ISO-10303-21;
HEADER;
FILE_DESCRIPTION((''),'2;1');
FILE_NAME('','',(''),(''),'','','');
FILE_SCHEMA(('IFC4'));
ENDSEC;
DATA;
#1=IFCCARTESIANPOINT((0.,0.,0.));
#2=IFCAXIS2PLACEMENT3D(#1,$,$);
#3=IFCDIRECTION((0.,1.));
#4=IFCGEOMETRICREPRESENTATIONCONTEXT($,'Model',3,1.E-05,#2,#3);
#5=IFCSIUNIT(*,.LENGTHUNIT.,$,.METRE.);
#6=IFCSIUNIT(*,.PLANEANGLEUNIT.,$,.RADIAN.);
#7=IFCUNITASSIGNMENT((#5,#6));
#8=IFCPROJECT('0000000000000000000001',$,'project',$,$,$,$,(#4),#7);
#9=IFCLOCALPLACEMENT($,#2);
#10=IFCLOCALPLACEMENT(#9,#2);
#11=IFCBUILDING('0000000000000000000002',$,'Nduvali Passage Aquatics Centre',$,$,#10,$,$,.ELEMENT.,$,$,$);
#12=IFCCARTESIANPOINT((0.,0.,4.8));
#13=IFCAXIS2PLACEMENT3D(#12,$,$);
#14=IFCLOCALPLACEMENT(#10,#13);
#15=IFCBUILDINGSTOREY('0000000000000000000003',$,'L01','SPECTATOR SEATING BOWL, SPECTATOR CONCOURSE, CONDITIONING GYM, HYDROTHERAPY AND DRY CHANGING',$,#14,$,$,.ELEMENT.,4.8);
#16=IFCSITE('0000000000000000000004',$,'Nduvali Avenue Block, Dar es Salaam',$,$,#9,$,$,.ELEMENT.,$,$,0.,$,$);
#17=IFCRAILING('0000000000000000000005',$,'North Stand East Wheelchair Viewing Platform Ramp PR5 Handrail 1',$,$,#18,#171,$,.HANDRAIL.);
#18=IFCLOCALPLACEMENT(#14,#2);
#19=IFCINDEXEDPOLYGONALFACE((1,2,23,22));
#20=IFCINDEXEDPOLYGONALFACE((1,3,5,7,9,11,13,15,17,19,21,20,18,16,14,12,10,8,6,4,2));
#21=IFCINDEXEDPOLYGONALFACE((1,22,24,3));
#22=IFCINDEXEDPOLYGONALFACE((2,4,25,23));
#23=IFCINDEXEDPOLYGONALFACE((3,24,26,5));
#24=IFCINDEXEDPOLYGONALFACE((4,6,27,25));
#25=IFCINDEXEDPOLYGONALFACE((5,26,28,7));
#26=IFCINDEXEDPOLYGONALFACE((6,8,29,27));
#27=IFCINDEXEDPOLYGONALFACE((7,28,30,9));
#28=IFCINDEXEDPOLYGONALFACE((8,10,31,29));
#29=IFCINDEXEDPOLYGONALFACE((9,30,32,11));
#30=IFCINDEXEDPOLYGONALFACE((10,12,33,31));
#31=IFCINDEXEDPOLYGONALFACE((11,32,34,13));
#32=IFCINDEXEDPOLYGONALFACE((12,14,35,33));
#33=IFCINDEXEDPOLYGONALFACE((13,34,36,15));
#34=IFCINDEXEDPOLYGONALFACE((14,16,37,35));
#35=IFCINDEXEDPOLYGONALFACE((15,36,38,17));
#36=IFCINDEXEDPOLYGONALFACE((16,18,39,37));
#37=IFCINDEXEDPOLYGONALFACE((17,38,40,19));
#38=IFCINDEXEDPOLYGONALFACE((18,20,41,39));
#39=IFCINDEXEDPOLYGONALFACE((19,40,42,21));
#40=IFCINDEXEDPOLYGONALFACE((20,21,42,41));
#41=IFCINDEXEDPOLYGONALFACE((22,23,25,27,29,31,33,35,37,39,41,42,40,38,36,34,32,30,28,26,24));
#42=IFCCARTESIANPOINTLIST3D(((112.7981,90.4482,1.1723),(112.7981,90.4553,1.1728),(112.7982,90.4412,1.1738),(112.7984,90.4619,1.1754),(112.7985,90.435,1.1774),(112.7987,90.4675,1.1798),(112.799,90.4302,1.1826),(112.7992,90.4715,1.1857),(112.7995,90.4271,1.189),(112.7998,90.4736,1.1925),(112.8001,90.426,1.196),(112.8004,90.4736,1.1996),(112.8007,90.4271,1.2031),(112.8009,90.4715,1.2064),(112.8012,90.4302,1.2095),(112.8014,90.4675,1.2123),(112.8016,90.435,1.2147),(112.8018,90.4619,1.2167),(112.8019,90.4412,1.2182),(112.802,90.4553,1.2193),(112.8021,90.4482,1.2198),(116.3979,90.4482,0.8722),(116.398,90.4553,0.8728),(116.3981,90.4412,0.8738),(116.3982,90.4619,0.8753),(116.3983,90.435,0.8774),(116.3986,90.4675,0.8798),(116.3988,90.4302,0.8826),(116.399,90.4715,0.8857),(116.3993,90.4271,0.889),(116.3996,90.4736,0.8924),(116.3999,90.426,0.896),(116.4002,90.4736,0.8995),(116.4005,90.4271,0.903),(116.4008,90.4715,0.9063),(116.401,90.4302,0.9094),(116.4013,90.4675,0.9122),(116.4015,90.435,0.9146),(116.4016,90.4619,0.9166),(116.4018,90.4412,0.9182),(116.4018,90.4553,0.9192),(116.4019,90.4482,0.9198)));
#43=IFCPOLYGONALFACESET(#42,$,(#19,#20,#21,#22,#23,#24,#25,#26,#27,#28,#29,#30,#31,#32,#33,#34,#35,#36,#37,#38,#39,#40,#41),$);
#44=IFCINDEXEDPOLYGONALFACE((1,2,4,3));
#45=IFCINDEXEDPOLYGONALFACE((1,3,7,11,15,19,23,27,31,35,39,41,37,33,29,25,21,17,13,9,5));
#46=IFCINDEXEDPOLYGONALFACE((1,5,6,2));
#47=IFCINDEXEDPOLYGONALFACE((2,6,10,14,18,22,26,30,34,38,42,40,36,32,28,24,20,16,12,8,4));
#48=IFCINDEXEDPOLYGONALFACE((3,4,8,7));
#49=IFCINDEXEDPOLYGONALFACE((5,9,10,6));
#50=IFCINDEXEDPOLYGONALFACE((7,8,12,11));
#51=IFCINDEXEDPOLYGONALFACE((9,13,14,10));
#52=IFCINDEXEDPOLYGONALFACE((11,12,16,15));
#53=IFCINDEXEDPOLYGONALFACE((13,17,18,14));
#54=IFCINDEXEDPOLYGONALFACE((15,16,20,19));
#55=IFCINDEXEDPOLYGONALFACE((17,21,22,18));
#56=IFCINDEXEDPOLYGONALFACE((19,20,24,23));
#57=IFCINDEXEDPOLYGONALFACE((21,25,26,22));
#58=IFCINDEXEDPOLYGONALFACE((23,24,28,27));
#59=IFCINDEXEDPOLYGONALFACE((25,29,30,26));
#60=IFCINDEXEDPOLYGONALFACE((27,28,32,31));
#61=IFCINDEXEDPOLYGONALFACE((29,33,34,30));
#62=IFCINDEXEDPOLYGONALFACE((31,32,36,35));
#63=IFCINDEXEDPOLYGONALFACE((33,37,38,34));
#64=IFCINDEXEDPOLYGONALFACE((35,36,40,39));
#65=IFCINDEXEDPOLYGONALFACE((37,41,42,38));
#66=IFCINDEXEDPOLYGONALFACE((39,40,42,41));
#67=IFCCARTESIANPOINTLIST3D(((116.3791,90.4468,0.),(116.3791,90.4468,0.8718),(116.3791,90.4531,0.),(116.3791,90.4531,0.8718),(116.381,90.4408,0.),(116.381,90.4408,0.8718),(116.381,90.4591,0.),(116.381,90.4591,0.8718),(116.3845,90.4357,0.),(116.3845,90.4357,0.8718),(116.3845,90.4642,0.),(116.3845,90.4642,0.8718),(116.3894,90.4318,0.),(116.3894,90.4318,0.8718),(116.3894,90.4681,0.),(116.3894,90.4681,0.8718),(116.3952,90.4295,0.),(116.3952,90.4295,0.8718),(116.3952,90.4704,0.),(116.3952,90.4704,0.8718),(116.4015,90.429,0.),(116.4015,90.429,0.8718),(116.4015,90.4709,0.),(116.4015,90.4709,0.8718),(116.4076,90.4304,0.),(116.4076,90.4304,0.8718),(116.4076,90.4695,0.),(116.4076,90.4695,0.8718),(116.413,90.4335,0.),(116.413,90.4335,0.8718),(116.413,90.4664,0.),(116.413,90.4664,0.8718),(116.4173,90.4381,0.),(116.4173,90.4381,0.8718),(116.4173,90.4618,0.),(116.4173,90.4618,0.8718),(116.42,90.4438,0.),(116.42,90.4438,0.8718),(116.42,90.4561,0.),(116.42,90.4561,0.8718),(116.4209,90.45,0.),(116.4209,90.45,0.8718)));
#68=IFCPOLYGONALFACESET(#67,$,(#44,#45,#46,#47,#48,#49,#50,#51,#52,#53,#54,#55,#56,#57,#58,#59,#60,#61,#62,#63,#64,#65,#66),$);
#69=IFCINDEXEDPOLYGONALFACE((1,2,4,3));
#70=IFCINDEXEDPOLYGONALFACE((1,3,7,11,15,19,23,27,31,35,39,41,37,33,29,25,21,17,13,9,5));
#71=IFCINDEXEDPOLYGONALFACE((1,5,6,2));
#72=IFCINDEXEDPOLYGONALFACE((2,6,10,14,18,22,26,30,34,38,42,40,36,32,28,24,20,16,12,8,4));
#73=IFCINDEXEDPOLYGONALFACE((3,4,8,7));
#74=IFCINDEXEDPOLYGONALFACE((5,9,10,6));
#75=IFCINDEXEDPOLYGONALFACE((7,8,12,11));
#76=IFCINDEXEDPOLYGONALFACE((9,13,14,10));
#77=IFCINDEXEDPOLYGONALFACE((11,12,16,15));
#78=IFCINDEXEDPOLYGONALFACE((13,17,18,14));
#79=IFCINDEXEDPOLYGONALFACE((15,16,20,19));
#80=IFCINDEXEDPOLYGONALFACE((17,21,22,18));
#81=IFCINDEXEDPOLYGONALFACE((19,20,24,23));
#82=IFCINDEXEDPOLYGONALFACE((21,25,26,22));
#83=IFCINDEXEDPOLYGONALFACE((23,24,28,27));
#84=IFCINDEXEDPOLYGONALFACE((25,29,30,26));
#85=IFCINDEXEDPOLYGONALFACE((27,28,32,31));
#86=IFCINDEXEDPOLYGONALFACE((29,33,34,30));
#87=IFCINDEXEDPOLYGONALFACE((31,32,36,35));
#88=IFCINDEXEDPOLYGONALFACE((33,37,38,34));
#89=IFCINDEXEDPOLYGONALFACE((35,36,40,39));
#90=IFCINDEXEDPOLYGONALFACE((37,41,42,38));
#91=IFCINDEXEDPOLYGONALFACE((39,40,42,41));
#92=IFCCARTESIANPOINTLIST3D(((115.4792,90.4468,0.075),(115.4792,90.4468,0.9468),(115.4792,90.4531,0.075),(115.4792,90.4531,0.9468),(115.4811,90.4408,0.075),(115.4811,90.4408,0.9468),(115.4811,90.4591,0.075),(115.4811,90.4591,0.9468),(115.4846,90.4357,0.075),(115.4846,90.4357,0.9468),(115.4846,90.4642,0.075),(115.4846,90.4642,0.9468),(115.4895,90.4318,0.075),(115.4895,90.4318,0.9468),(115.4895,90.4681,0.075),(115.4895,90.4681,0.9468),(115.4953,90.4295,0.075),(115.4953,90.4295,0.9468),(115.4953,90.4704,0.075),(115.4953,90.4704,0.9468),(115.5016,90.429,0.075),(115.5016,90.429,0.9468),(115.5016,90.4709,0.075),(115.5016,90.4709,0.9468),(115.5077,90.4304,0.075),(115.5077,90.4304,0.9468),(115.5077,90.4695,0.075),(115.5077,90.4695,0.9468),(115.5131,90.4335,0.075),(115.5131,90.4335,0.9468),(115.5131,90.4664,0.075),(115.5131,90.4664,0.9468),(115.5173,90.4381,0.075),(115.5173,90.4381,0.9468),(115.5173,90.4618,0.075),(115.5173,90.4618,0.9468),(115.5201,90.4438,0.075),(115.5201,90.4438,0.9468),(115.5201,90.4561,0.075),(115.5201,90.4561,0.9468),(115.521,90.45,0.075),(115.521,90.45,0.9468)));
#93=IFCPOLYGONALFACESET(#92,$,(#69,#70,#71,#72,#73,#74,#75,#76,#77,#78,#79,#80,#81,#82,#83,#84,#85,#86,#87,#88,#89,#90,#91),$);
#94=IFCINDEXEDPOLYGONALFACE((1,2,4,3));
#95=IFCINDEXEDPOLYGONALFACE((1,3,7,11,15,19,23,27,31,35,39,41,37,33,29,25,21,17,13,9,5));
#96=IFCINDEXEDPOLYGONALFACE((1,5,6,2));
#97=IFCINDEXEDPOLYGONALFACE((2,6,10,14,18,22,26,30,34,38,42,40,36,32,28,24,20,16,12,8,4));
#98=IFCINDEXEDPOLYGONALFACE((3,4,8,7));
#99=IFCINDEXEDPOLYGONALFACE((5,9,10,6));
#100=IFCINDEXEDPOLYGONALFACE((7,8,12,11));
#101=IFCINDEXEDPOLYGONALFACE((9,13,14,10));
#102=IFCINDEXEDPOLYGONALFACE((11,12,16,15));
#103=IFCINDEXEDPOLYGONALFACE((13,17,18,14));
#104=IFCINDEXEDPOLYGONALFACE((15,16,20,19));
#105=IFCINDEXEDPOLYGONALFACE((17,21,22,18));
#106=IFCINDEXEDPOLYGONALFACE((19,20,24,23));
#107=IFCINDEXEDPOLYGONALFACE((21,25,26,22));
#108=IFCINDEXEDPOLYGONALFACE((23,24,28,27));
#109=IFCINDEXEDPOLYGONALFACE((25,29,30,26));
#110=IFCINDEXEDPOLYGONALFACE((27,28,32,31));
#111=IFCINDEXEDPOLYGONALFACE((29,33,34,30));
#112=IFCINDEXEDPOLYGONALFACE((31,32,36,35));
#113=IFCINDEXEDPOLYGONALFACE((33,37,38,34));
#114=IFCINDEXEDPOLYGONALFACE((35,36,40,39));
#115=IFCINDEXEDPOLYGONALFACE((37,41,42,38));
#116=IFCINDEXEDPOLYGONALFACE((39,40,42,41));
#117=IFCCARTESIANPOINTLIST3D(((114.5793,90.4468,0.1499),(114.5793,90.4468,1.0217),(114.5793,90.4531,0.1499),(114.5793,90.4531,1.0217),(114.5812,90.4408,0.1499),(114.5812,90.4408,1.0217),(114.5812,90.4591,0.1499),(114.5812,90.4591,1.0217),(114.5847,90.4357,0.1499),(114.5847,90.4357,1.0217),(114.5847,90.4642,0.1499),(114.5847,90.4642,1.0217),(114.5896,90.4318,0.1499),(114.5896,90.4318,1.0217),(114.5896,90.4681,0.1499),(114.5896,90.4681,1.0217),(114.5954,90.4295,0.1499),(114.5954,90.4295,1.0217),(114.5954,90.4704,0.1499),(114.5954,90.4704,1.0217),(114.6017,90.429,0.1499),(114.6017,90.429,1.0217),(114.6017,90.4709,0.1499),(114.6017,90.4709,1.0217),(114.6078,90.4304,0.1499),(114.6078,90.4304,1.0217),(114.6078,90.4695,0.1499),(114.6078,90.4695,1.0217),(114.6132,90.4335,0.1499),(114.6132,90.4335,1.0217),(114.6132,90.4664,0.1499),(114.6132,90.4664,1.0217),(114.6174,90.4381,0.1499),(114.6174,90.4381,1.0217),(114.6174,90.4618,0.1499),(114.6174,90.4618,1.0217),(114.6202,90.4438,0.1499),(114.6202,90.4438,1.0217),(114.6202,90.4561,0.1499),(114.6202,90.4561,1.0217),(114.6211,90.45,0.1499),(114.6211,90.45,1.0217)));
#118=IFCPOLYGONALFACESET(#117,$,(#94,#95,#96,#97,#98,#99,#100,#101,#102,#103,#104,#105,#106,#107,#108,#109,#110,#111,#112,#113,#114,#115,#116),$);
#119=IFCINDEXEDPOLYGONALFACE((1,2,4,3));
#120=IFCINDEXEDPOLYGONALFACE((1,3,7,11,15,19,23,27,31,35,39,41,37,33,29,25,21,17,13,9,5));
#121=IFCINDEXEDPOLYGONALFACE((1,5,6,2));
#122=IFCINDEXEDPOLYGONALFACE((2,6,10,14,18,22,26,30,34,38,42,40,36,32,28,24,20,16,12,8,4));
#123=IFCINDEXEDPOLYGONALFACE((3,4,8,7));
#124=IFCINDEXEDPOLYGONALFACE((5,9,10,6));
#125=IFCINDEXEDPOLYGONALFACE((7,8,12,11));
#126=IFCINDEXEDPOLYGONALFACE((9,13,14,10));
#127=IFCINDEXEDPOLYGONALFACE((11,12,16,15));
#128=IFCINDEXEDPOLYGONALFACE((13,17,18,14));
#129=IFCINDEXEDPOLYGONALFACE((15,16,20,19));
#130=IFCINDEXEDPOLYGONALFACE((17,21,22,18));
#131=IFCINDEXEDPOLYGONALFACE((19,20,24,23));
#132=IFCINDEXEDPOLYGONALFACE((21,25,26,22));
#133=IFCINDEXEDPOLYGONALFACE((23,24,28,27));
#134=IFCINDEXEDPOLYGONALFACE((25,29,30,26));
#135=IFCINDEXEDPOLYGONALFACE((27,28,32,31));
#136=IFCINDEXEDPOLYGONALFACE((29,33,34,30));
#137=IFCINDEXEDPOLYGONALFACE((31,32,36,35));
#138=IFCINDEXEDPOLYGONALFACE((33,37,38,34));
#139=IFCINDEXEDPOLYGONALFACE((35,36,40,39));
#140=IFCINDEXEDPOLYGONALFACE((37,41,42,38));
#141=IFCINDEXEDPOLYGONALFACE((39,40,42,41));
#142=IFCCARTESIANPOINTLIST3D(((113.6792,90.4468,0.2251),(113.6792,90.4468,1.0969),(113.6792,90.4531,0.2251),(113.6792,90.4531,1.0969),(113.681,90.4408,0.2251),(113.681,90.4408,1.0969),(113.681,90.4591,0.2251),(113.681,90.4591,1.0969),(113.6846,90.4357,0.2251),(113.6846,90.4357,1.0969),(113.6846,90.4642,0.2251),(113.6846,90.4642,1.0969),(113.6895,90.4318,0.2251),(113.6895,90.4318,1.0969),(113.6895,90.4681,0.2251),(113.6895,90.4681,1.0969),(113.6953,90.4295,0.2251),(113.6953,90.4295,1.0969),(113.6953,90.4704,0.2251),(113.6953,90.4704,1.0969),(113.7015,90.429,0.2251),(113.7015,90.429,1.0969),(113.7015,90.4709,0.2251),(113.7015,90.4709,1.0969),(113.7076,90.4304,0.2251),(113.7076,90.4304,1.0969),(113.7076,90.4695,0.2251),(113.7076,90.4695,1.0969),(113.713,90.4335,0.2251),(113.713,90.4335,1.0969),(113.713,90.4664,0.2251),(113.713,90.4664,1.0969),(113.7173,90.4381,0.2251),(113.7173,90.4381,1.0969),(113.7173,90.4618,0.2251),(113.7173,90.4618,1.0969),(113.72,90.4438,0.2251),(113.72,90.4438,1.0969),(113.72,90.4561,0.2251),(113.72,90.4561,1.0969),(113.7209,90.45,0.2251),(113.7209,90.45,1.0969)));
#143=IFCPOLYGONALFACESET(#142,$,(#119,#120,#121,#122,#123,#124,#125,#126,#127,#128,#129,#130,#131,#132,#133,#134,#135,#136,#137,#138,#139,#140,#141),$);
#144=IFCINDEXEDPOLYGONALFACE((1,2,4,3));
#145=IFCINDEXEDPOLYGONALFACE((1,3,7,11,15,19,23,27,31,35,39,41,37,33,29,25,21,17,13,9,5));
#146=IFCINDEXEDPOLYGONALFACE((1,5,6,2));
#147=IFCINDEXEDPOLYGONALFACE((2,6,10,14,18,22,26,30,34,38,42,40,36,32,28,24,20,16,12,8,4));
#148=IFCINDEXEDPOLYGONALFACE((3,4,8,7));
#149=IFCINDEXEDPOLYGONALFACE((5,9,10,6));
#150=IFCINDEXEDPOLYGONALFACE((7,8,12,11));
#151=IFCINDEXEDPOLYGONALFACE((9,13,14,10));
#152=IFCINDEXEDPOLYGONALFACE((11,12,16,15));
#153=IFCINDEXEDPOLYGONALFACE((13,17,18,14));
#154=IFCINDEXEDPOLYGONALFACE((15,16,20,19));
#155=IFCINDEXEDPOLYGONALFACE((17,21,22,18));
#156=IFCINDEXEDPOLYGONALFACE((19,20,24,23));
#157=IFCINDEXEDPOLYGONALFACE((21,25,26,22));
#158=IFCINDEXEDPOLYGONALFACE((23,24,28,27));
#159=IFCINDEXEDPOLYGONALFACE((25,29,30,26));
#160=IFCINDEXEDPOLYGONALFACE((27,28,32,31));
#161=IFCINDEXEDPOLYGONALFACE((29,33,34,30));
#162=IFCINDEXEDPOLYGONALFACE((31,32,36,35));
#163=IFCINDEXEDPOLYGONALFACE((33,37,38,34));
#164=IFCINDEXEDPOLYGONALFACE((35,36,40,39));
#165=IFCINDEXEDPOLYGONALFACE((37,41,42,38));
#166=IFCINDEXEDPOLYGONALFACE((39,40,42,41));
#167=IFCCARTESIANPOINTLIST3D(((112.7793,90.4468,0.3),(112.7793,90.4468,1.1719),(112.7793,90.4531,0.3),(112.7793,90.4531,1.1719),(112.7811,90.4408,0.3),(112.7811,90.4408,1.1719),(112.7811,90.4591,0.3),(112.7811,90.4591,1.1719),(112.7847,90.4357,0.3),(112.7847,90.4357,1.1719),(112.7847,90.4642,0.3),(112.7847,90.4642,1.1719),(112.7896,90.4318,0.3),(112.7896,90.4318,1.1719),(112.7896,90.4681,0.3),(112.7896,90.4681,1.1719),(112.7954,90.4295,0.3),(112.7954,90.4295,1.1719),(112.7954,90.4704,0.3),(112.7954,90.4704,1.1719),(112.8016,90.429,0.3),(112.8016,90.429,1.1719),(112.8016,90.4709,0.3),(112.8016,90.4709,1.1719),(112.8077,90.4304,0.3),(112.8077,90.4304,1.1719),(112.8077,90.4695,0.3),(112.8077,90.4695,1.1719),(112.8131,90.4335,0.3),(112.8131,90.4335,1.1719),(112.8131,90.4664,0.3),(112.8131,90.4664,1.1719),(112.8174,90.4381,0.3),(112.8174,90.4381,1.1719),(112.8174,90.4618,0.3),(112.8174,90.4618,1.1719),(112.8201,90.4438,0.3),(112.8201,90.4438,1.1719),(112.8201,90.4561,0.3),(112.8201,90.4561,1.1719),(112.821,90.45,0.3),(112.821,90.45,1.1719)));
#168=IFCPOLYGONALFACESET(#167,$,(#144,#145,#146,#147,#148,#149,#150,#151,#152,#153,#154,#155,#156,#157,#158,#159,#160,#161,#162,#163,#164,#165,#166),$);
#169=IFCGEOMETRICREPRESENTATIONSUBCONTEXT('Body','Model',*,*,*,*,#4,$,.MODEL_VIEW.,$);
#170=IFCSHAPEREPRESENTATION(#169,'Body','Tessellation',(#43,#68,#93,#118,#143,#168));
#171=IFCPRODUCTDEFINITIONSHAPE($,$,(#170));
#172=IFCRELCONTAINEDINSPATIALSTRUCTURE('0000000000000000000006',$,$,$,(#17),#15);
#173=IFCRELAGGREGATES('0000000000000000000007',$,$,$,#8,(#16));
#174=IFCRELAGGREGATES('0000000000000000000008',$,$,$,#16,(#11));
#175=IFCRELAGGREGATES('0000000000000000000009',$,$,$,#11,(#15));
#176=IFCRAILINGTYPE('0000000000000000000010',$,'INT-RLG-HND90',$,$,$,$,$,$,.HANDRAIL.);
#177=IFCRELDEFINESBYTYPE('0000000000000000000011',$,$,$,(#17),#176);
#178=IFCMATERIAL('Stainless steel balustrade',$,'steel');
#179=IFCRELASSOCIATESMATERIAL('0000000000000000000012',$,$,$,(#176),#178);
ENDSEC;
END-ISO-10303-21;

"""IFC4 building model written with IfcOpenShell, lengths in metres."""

from ifc_helpers import new_model, si_unit, direction, frame, origin, origin_2d, place, context, subcontext, project, spatial, circle, extrude, material, type_object, element, save


model = new_model("IFC4")

# Units and contexts
model_context = context("Model", 3, precision=1e-05, world=origin(), true_north=direction((0.0, 1.0)))
body_context = subcontext(model_context, "Body", "Model", "MODEL_VIEW")
ifc_project = project(units=[si_unit("LENGTHUNIT", "METRE"), si_unit("PLANEANGLEUNIT", "RADIAN")], contexts=[model_context])

# Site, building, storey
site_placement = place(None, origin())
site = spatial("IfcSite", under=ifc_project, at=site_placement, Name="Nduvali Avenue Block, Dar es Salaam", CompositionType="ELEMENT", RefElevation=0.0)
building_placement = place(site_placement, origin())
building = spatial("IfcBuilding", under=site, at=building_placement, Name="Nduvali Passage Aquatics Centre", CompositionType="ELEMENT")
storey_placement = place(building_placement, frame((0.0, 0.0, 4.8)))
storey = spatial("IfcBuildingStorey", under=building, at=storey_placement, Name="L01", Description="SPECTATOR SEATING BOWL, SPECTATOR CONCOURSE, CONDITIONING GYM, HYDROTHERAPY AND DRY CHANGING", CompositionType="ELEMENT", Elevation=4.8)

# Railing
ifc_material_1 = material(Name="Stainless steel balustrade", Category="steel")
railing_type_1 = type_object("IfcRailingType", Name="INT-RLG-HND90", PredefinedType="HANDRAIL", material=ifc_material_1)
for number, where, name in (
    (1, (116.3999, 90.45, 0.0), "North Stand East Wheelchair Viewing Platform Ramp PR5 Handrail 1"),
):
    element("IfcRailing", number, at=place(storey_placement, frame(where)), inside=storey, type_object=railing_type_1, Name=name, PredefinedType="HANDRAIL", context=body_context, shape_type="SweptSolid", body=[
        extrude(circle(Radius=0.0239, at=origin_2d()), frame((0.0, 0.0, 0.896), z_axis=(-0.996544, 0.0, 0.083062), x_axis=(0.0, -1.0, 0.0)), (0.0, 0.0, 1.0), 3.6123),
        extrude(circle(Radius=0.021, at=origin_2d()), origin(), (0.0, 0.0, 1.0), 0.8718),
        extrude(circle(Radius=0.021, at=origin_2d()), frame((-0.8999, 0.0, 0.075)), (0.0, 0.0, 1.0), 0.8718),
        extrude(circle(Radius=0.021, at=origin_2d()), frame((-1.7998, 0.0, 0.1499)), (0.0, 0.0, 1.0), 0.8718),
        extrude(circle(Radius=0.021, at=origin_2d()), frame((-2.7, 0.0, 0.2251)), (0.0, 0.0, 1.0), 0.8718),
        extrude(circle(Radius=0.021, at=origin_2d()), frame((-3.5999, 0.0, 0.3)), (0.0, 0.0, 1.0), 0.8718),
    ])

save(model, "model.ifc")
